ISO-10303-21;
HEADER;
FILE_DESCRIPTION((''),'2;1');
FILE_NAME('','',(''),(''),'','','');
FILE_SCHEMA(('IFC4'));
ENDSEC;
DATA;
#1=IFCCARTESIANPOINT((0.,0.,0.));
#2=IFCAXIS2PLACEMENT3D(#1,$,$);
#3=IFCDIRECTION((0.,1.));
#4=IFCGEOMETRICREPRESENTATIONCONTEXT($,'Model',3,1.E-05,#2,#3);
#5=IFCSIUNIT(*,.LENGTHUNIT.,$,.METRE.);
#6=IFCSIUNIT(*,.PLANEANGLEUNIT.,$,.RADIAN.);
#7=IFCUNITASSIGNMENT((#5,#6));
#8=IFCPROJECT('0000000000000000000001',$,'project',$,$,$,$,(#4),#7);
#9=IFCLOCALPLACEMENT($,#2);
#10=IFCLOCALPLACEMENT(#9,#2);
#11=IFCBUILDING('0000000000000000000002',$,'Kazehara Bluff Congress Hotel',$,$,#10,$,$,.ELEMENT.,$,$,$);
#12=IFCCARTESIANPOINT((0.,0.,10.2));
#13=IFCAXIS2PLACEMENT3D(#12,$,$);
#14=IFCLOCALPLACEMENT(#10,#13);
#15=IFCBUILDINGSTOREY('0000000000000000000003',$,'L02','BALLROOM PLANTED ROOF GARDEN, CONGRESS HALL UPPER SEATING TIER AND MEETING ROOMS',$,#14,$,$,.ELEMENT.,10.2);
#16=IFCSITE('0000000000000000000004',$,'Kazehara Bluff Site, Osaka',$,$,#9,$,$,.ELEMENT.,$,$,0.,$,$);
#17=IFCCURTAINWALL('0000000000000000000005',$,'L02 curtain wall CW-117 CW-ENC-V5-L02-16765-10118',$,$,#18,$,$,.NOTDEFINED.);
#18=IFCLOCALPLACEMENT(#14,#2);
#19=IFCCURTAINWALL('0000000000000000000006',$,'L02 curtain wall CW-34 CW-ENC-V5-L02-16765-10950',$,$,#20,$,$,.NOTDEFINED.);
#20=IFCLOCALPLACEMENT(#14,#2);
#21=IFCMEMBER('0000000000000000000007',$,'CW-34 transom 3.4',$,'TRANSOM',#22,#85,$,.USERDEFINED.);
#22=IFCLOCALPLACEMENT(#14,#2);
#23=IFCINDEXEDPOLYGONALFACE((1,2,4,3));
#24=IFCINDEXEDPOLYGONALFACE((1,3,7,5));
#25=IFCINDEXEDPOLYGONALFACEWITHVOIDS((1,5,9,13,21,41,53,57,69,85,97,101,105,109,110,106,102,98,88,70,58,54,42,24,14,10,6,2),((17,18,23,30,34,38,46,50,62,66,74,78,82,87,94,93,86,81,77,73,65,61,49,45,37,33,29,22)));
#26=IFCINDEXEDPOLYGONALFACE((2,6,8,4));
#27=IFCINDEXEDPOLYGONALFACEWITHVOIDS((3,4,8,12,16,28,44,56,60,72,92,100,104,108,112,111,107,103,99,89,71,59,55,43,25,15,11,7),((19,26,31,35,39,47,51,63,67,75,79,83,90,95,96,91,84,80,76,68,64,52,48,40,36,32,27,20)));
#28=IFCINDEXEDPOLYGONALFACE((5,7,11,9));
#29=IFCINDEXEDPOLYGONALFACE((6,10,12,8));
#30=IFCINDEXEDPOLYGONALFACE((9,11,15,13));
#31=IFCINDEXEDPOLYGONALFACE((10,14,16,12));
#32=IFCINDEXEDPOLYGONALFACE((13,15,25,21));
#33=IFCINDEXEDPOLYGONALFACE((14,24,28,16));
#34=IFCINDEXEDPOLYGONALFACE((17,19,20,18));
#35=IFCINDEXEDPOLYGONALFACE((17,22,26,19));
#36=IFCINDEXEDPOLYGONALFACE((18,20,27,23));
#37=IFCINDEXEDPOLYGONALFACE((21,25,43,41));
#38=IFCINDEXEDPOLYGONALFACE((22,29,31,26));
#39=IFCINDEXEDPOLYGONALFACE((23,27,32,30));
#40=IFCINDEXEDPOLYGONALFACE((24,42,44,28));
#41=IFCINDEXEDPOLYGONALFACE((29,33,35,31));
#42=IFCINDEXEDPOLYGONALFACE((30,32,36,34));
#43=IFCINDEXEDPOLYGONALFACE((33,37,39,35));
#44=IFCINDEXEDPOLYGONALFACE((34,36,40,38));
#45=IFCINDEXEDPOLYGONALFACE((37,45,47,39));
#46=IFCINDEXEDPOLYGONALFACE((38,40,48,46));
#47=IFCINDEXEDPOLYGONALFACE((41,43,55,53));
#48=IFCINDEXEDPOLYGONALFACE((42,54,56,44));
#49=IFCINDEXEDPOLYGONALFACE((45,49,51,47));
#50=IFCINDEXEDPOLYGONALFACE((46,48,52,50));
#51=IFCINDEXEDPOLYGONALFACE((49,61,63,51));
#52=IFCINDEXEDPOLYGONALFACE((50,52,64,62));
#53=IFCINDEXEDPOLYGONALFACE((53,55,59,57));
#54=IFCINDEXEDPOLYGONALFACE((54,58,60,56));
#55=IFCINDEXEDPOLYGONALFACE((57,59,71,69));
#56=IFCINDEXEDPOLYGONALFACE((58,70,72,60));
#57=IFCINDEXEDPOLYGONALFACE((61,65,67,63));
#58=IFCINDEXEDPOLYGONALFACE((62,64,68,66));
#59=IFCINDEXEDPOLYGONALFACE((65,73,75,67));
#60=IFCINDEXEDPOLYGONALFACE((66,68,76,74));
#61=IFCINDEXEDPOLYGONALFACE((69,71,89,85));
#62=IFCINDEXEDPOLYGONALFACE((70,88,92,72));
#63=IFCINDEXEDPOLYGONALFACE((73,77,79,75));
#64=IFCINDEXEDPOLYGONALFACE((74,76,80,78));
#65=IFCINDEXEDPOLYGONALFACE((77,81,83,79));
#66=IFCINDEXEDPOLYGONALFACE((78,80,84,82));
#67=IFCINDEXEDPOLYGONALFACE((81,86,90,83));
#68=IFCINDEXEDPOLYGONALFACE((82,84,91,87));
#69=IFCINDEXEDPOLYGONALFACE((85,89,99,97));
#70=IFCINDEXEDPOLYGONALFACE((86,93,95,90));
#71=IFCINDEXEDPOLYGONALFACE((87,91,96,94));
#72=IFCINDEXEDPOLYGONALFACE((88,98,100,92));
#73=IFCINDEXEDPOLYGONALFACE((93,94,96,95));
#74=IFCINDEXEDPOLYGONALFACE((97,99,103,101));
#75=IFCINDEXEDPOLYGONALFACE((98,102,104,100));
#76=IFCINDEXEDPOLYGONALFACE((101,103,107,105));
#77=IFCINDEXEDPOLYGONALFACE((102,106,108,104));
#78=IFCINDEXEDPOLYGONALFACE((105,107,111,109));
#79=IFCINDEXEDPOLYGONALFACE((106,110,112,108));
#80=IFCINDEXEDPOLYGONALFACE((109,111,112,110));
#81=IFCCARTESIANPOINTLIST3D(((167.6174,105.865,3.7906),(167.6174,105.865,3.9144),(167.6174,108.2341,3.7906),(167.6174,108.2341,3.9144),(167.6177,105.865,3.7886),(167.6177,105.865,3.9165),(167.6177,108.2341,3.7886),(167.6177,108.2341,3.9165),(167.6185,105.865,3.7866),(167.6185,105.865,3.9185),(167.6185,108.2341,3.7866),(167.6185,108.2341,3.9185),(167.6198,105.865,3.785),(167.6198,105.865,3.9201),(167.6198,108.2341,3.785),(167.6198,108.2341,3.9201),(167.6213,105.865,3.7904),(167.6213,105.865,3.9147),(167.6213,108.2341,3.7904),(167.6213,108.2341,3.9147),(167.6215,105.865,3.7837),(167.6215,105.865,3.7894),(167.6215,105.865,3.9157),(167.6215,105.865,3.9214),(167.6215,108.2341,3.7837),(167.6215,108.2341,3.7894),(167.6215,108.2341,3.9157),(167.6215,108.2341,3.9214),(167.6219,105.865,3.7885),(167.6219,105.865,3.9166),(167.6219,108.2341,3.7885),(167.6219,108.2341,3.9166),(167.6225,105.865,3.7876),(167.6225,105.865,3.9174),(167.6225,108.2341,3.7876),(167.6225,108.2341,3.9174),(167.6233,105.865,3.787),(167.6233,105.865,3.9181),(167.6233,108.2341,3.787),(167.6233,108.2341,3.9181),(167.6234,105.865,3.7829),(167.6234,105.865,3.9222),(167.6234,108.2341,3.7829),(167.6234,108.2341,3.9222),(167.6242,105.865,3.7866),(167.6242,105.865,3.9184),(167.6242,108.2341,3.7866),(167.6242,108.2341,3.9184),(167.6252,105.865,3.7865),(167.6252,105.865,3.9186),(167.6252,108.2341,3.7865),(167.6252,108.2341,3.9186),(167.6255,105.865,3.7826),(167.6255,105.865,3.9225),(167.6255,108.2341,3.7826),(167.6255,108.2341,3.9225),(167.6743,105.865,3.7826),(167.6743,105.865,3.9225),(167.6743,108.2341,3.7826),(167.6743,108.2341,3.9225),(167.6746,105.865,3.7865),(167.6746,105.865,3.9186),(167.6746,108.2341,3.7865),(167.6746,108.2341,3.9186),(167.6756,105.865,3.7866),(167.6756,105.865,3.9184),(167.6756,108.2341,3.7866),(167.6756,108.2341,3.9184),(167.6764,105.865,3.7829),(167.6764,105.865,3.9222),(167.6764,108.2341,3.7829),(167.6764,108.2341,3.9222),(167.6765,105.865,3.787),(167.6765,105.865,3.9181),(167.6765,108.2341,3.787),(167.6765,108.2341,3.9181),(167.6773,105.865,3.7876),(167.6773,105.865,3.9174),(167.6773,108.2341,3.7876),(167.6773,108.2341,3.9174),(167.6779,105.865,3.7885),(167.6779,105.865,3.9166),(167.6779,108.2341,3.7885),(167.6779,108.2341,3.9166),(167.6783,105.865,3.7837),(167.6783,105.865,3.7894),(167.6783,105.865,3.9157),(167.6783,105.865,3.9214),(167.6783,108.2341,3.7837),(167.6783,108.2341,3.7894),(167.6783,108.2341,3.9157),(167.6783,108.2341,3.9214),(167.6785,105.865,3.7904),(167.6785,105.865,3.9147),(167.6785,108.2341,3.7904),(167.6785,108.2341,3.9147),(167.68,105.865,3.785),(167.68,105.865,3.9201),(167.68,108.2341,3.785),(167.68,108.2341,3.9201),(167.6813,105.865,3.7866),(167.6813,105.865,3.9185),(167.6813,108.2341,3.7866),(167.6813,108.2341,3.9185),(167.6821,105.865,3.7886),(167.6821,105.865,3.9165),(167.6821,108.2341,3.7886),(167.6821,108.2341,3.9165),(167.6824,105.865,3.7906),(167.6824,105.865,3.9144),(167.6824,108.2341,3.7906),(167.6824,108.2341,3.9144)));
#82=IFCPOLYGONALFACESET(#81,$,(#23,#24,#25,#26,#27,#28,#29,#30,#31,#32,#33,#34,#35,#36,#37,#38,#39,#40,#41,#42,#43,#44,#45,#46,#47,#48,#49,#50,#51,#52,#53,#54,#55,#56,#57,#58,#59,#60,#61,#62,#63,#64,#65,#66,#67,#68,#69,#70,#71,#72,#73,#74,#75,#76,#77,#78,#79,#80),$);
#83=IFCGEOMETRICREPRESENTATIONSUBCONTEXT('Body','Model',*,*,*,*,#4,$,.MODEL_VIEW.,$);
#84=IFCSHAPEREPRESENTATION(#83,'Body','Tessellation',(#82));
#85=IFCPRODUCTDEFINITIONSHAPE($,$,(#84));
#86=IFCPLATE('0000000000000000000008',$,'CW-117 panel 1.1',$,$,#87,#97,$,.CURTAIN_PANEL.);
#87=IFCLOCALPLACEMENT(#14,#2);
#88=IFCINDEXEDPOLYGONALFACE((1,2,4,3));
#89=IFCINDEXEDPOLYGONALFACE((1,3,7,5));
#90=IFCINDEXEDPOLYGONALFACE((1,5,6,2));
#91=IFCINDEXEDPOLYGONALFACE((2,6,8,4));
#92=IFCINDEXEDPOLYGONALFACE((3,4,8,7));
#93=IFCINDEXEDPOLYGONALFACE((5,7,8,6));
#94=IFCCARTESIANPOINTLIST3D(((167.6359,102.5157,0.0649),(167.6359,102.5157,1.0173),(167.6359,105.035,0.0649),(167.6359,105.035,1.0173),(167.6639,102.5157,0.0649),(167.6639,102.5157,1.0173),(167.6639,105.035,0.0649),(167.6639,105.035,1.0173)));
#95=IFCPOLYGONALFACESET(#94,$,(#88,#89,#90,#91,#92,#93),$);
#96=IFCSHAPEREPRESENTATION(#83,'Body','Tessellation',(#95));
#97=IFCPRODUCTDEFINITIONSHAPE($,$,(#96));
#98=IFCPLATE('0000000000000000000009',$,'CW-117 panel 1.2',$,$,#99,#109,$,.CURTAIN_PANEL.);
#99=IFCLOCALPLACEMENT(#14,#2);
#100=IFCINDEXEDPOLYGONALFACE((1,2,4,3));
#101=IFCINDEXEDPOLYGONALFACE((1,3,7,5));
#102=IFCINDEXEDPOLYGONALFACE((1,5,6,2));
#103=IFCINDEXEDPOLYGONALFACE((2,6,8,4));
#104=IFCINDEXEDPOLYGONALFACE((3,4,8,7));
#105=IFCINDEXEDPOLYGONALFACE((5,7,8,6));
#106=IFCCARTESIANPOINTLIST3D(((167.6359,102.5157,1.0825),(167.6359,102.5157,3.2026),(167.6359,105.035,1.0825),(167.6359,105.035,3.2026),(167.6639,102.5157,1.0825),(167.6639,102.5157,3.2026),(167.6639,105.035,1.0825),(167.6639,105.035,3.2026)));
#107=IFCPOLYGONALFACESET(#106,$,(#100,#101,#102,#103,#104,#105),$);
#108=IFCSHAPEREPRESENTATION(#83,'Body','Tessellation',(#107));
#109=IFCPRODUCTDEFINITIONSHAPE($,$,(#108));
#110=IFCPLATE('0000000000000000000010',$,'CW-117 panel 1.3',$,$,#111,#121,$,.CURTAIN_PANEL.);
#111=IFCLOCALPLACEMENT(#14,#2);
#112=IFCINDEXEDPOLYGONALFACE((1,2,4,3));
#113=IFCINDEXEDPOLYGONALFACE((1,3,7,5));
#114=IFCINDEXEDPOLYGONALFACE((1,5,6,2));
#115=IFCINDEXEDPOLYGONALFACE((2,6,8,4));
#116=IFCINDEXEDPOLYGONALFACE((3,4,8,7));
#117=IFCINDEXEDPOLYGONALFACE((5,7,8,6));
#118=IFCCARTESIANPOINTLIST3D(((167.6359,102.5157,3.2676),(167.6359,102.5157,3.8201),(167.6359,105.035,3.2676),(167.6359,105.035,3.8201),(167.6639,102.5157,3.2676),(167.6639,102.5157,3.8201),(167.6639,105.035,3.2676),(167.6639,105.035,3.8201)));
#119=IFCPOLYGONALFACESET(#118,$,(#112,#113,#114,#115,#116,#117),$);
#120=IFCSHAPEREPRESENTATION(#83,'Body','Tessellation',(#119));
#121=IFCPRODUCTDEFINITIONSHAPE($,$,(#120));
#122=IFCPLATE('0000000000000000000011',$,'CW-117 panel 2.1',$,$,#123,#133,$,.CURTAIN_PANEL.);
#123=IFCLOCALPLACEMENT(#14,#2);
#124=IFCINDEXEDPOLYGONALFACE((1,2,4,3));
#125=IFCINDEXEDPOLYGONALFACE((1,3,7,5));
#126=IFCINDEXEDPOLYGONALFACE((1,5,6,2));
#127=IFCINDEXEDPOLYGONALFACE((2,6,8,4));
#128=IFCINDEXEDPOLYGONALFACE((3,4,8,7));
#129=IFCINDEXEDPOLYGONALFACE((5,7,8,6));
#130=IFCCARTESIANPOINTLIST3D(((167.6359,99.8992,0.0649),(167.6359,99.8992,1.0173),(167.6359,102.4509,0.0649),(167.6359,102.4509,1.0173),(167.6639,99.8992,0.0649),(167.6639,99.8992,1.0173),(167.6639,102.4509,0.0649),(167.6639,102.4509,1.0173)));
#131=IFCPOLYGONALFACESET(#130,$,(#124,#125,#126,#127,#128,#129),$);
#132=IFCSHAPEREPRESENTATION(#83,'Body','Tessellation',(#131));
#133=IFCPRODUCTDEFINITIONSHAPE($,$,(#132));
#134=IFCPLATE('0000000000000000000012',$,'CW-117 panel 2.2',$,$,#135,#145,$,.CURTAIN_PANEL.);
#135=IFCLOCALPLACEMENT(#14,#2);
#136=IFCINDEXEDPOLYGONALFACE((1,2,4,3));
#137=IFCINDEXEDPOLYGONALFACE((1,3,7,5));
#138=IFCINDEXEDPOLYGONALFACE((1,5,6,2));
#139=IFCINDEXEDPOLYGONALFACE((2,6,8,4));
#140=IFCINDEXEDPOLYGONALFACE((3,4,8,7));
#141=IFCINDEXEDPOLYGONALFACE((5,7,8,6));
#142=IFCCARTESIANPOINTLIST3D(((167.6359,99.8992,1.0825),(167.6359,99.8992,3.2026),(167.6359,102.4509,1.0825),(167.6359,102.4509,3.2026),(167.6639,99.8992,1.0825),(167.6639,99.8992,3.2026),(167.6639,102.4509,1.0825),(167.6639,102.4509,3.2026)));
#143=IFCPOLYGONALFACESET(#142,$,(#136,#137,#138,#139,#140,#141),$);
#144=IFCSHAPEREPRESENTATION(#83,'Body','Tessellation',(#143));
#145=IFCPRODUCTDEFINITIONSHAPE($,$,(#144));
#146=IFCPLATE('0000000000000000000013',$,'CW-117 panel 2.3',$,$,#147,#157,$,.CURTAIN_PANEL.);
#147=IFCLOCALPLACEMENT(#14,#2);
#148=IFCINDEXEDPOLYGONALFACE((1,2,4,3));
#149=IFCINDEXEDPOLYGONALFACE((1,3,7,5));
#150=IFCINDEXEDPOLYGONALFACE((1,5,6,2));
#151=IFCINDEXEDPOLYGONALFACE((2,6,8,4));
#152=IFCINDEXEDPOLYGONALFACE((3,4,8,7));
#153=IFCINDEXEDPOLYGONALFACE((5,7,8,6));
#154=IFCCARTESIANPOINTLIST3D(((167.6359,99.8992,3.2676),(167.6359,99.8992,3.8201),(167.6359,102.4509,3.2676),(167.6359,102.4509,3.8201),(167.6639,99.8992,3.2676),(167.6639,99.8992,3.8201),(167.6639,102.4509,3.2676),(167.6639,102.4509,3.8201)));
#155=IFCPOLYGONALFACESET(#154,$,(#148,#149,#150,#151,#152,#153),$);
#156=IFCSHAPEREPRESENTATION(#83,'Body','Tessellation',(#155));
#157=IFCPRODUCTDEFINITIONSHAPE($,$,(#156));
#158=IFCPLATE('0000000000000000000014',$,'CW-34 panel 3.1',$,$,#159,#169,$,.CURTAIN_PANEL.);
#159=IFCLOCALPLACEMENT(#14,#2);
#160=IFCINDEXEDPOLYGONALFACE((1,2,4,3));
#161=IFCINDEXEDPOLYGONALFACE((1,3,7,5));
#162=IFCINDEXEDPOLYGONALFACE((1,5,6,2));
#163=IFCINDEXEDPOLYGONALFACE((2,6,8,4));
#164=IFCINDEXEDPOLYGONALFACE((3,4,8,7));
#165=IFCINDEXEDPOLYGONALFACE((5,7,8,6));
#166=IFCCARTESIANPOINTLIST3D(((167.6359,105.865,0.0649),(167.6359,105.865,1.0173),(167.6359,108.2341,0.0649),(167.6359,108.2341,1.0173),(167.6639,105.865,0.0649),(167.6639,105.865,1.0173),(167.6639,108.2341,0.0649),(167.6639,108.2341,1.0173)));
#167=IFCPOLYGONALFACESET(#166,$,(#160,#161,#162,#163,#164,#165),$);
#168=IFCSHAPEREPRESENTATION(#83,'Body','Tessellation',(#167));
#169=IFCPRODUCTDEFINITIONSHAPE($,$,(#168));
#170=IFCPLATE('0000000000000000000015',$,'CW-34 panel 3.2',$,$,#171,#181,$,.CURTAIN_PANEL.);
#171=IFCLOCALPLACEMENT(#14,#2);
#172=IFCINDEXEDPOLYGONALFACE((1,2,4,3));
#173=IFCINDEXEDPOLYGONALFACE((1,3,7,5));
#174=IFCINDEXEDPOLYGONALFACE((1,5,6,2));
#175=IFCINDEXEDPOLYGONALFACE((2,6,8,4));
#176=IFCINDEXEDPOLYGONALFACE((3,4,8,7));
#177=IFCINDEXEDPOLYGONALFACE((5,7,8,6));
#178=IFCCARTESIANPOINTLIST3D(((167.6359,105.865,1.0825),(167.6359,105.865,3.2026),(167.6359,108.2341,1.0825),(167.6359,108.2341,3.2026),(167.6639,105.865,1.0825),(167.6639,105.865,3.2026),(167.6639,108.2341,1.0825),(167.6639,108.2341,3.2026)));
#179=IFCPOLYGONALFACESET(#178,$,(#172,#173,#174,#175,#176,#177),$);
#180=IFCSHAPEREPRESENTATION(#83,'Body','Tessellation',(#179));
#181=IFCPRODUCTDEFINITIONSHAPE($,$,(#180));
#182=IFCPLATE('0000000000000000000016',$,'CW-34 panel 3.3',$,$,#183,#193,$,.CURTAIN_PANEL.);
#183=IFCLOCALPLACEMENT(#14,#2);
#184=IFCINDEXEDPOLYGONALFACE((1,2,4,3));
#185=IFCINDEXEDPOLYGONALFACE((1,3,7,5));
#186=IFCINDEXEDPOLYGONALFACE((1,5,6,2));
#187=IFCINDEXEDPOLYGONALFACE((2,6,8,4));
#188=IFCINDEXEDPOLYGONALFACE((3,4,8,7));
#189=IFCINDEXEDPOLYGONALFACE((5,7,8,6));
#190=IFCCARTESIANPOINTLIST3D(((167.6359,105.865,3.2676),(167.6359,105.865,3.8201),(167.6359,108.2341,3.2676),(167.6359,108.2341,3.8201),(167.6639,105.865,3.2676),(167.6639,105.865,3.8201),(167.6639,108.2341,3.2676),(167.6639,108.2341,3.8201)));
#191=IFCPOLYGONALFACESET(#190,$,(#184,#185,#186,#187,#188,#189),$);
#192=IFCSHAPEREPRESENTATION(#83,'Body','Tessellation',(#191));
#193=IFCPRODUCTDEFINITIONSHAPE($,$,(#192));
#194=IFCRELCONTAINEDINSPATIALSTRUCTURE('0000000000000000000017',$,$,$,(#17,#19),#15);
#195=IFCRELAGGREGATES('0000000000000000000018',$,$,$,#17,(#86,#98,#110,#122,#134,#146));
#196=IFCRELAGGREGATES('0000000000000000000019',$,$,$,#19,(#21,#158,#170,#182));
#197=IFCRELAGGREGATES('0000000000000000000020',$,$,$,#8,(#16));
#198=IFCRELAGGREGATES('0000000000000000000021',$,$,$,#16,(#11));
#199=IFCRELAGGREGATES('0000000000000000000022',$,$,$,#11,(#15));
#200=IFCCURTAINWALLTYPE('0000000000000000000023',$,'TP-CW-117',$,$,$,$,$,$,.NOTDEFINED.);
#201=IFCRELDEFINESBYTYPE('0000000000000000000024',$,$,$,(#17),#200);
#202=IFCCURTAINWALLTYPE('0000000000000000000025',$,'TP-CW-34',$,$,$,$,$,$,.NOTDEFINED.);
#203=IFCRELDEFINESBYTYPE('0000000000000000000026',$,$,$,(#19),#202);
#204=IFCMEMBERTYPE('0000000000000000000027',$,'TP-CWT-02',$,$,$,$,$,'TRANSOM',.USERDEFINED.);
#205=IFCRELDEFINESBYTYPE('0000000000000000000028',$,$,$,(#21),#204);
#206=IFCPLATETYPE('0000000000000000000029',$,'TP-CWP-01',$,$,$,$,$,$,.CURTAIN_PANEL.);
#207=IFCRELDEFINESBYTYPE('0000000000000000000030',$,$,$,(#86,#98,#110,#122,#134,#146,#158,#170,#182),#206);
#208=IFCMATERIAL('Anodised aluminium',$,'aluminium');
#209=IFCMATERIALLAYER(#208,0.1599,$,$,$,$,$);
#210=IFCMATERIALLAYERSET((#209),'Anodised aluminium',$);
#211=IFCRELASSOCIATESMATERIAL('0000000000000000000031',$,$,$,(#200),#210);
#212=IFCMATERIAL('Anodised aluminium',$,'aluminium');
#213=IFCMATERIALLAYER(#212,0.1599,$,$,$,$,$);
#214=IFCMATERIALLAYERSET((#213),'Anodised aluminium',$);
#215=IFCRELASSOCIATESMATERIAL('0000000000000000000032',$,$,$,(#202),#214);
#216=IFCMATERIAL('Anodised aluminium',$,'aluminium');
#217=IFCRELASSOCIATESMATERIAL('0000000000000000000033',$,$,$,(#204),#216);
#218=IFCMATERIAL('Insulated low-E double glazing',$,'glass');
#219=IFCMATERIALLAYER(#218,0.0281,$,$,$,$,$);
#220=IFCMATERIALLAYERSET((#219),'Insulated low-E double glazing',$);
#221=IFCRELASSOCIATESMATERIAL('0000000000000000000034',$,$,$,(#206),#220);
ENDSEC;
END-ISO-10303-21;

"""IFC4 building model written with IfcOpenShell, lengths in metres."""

from ifc_helpers import new_model, si_unit, direction, frame, origin, origin_2d, place, context, subcontext, project, spatial, rectangle, hollow_rectangle, extrude, material, layer, layer_set, material_profile, profile_set, type_object, element, aggregate, save


model = new_model("IFC4")

# Units and contexts
model_context = context("Model", 3, precision=1e-05, world=origin(), true_north=direction((0.0, 1.0)))
body_context = subcontext(model_context, "Body", "Model", "MODEL_VIEW")
ifc_project = project(units=[si_unit("LENGTHUNIT", "METRE"), si_unit("PLANEANGLEUNIT", "RADIAN")], contexts=[model_context])

# Site, building, storey
site_placement = place(None, origin())
site = spatial("IfcSite", under=ifc_project, at=site_placement, Name="Kazehara Bluff Site, Osaka", CompositionType="ELEMENT", RefElevation=0.0)
building_placement = place(site_placement, origin())
building = spatial("IfcBuilding", under=site, at=building_placement, Name="Kazehara Bluff Congress Hotel", CompositionType="ELEMENT")
storey_placement = place(building_placement, frame((0.0, 0.0, 10.2)))
storey = spatial("IfcBuildingStorey", under=building, at=storey_placement, Name="L02", Description="BALLROOM PLANTED ROOF GARDEN, CONGRESS HALL UPPER SEATING TIER AND MEETING ROOMS", CompositionType="ELEMENT", Elevation=10.2)

# Curtain walls
ifc_material_1 = material(Name="Anodised aluminium", Category="aluminium")
ifc_layer_1 = layer(ifc_material_1, 0.1599)
ifc_layer_set_1 = layer_set([ifc_layer_1], Name="Anodised aluminium")
curtain_wall_type_1 = type_object("IfcCurtainWallType", Name="TP-CW-117", PredefinedType="NOTDEFINED", material=ifc_layer_set_1)
curtain_wall_1_placement = place(storey_placement, origin())
curtain_wall_1 = element("IfcCurtainWall", 1, at=curtain_wall_1_placement, inside=storey, type_object=curtain_wall_type_1, Name="L02 curtain wall CW-117 CW-ENC-V5-L02-16765-10118", PredefinedType="NOTDEFINED")
ifc_material_2 = material(Name="Anodised aluminium", Category="aluminium")
ifc_layer_2 = layer(ifc_material_2, 0.1599)
ifc_layer_set_2 = layer_set([ifc_layer_2], Name="Anodised aluminium")
curtain_wall_type_2 = type_object("IfcCurtainWallType", Name="TP-CW-34", PredefinedType="NOTDEFINED", material=ifc_layer_set_2)
curtain_wall_2_placement = place(storey_placement, origin())
curtain_wall_2 = element("IfcCurtainWall", 2, at=curtain_wall_2_placement, inside=storey, type_object=curtain_wall_type_2, Name="L02 curtain wall CW-34 CW-ENC-V5-L02-16765-10950", PredefinedType="NOTDEFINED")

# Member
ifc_material_3 = material(Name="Anodised aluminium", Category="aluminium")
ifc_material_profile_1 = material_profile(ifc_material_3, hollow_rectangle(XDim=0.0649, YDim=0.1399, WallThickness=0.0039, InnerFilletRadius=0.0039, OuterFilletRadius=0.0081, at=origin_2d()))
ifc_profile_set_1 = profile_set([ifc_material_profile_1], Name="Anodised aluminium")
member_type_1 = type_object("IfcMemberType", Name="TP-CWT-02", ElementType="TRANSOM", PredefinedType="USERDEFINED", material=ifc_profile_set_1)
member_1_placement = place(storey_placement, frame((167.6499, 108.2341, 3.8525), z_axis=(0.0, -1.0, 0.0), x_axis=(1.0, 0.0, 0.0)))
member_1 = element("IfcMember", 3, at=member_1_placement, type_object=member_type_1, Name="CW-34 transom 3.4", ObjectType="TRANSOM", PredefinedType="USERDEFINED", context=body_context, shape_type="SweptSolid", body=[
    extrude(hollow_rectangle(XDim=0.0649, YDim=0.1399, WallThickness=0.0039, InnerFilletRadius=0.0039, OuterFilletRadius=0.0081, at=origin_2d()), origin(), (0.0, 0.0, 1.0), 2.3691),
])

# Plates
ifc_material_4 = material(Name="Insulated low-E double glazing", Category="glass")
ifc_layer_3 = layer(ifc_material_4, 0.0281)
ifc_layer_set_3 = layer_set([ifc_layer_3], Name="Insulated low-E double glazing")
plate_type = type_object("IfcPlateType", Name="TP-CWP-01", PredefinedType="CURTAIN_PANEL", material=ifc_layer_set_3)
plate_1_placement = place(storey_placement, frame((167.6499, 103.7754, 0.0649), z_axis=(0.0, 0.0, 1.0), x_axis=(0.0, -1.0, 0.0)))
plate_1 = element("IfcPlate", 4, at=plate_1_placement, type_object=plate_type, Name="CW-117 panel 1.1", PredefinedType="CURTAIN_PANEL", context=body_context, shape_type="SweptSolid", body=[
    extrude(rectangle(XDim=2.5193, YDim=0.0281, at=origin_2d()), origin(), (0.0, 0.0, 1.0), 0.9524),
])
plate_2_placement = place(storey_placement, frame((167.6499, 103.7754, 1.0825), z_axis=(0.0, 0.0, 1.0), x_axis=(0.0, -1.0, 0.0)))
plate_2 = element("IfcPlate", 5, at=plate_2_placement, type_object=plate_type, Name="CW-117 panel 1.2", PredefinedType="CURTAIN_PANEL", context=body_context, shape_type="SweptSolid", body=[
    extrude(rectangle(XDim=2.5193, YDim=0.0281, at=origin_2d()), origin(), (0.0, 0.0, 1.0), 2.1201),
])
plate_3_placement = place(storey_placement, frame((167.6499, 103.7754, 3.2676), z_axis=(0.0, 0.0, 1.0), x_axis=(0.0, -1.0, 0.0)))
plate_3 = element("IfcPlate", 6, at=plate_3_placement, type_object=plate_type, Name="CW-117 panel 1.3", PredefinedType="CURTAIN_PANEL", context=body_context, shape_type="SweptSolid", body=[
    extrude(rectangle(XDim=2.5193, YDim=0.0281, at=origin_2d()), origin(), (0.0, 0.0, 1.0), 0.5525),
])
plate_4_placement = place(storey_placement, frame((167.6499, 101.175, 0.0649), z_axis=(0.0, 0.0, 1.0), x_axis=(0.0, -1.0, 0.0)))
plate_4 = element("IfcPlate", 7, at=plate_4_placement, type_object=plate_type, Name="CW-117 panel 2.1", PredefinedType="CURTAIN_PANEL", context=body_context, shape_type="SweptSolid", body=[
    extrude(rectangle(XDim=2.5518, YDim=0.0281, at=origin_2d()), origin(), (0.0, 0.0, 1.0), 0.9524),
])
plate_5_placement = place(storey_placement, frame((167.6499, 101.175, 1.0825), z_axis=(0.0, 0.0, 1.0), x_axis=(0.0, -1.0, 0.0)))
plate_5 = element("IfcPlate", 8, at=plate_5_placement, type_object=plate_type, Name="CW-117 panel 2.2", PredefinedType="CURTAIN_PANEL", context=body_context, shape_type="SweptSolid", body=[
    extrude(rectangle(XDim=2.5518, YDim=0.0281, at=origin_2d()), origin(), (0.0, 0.0, 1.0), 2.1201),
])
plate_6_placement = place(storey_placement, frame((167.6499, 101.175, 3.2676), z_axis=(0.0, 0.0, 1.0), x_axis=(0.0, -1.0, 0.0)))
plate_6 = element("IfcPlate", 9, at=plate_6_placement, type_object=plate_type, Name="CW-117 panel 2.3", PredefinedType="CURTAIN_PANEL", context=body_context, shape_type="SweptSolid", body=[
    extrude(rectangle(XDim=2.5518, YDim=0.0281, at=origin_2d()), origin(), (0.0, 0.0, 1.0), 0.5525),
])
aggregate(curtain_wall_1, [plate_1, plate_2, plate_3, plate_4, plate_5, plate_6])
plate_7_placement = place(storey_placement, frame((167.6499, 107.0496, 0.0649), z_axis=(0.0, 0.0, 1.0), x_axis=(0.0, -1.0, 0.0)))
plate_7 = element("IfcPlate", 10, at=plate_7_placement, type_object=plate_type, Name="CW-34 panel 3.1", PredefinedType="CURTAIN_PANEL", context=body_context, shape_type="SweptSolid", body=[
    extrude(rectangle(XDim=2.3691, YDim=0.0281, at=origin_2d()), origin(), (0.0, 0.0, 1.0), 0.9524),
])
plate_8_placement = place(storey_placement, frame((167.6499, 107.0496, 1.0825), z_axis=(0.0, 0.0, 1.0), x_axis=(0.0, -1.0, 0.0)))
plate_8 = element("IfcPlate", 11, at=plate_8_placement, type_object=plate_type, Name="CW-34 panel 3.2", PredefinedType="CURTAIN_PANEL", context=body_context, shape_type="SweptSolid", body=[
    extrude(rectangle(XDim=2.3691, YDim=0.0281, at=origin_2d()), origin(), (0.0, 0.0, 1.0), 2.1201),
])
plate_9_placement = place(storey_placement, frame((167.6499, 107.0496, 3.2676), z_axis=(0.0, 0.0, 1.0), x_axis=(0.0, -1.0, 0.0)))
plate_9 = element("IfcPlate", 12, at=plate_9_placement, type_object=plate_type, Name="CW-34 panel 3.3", PredefinedType="CURTAIN_PANEL", context=body_context, shape_type="SweptSolid", body=[
    extrude(rectangle(XDim=2.3691, YDim=0.0281, at=origin_2d()), origin(), (0.0, 0.0, 1.0), 0.5525),
])
aggregate(curtain_wall_2, [member_1, plate_7, plate_8, plate_9])

save(model, "model.ifc")
